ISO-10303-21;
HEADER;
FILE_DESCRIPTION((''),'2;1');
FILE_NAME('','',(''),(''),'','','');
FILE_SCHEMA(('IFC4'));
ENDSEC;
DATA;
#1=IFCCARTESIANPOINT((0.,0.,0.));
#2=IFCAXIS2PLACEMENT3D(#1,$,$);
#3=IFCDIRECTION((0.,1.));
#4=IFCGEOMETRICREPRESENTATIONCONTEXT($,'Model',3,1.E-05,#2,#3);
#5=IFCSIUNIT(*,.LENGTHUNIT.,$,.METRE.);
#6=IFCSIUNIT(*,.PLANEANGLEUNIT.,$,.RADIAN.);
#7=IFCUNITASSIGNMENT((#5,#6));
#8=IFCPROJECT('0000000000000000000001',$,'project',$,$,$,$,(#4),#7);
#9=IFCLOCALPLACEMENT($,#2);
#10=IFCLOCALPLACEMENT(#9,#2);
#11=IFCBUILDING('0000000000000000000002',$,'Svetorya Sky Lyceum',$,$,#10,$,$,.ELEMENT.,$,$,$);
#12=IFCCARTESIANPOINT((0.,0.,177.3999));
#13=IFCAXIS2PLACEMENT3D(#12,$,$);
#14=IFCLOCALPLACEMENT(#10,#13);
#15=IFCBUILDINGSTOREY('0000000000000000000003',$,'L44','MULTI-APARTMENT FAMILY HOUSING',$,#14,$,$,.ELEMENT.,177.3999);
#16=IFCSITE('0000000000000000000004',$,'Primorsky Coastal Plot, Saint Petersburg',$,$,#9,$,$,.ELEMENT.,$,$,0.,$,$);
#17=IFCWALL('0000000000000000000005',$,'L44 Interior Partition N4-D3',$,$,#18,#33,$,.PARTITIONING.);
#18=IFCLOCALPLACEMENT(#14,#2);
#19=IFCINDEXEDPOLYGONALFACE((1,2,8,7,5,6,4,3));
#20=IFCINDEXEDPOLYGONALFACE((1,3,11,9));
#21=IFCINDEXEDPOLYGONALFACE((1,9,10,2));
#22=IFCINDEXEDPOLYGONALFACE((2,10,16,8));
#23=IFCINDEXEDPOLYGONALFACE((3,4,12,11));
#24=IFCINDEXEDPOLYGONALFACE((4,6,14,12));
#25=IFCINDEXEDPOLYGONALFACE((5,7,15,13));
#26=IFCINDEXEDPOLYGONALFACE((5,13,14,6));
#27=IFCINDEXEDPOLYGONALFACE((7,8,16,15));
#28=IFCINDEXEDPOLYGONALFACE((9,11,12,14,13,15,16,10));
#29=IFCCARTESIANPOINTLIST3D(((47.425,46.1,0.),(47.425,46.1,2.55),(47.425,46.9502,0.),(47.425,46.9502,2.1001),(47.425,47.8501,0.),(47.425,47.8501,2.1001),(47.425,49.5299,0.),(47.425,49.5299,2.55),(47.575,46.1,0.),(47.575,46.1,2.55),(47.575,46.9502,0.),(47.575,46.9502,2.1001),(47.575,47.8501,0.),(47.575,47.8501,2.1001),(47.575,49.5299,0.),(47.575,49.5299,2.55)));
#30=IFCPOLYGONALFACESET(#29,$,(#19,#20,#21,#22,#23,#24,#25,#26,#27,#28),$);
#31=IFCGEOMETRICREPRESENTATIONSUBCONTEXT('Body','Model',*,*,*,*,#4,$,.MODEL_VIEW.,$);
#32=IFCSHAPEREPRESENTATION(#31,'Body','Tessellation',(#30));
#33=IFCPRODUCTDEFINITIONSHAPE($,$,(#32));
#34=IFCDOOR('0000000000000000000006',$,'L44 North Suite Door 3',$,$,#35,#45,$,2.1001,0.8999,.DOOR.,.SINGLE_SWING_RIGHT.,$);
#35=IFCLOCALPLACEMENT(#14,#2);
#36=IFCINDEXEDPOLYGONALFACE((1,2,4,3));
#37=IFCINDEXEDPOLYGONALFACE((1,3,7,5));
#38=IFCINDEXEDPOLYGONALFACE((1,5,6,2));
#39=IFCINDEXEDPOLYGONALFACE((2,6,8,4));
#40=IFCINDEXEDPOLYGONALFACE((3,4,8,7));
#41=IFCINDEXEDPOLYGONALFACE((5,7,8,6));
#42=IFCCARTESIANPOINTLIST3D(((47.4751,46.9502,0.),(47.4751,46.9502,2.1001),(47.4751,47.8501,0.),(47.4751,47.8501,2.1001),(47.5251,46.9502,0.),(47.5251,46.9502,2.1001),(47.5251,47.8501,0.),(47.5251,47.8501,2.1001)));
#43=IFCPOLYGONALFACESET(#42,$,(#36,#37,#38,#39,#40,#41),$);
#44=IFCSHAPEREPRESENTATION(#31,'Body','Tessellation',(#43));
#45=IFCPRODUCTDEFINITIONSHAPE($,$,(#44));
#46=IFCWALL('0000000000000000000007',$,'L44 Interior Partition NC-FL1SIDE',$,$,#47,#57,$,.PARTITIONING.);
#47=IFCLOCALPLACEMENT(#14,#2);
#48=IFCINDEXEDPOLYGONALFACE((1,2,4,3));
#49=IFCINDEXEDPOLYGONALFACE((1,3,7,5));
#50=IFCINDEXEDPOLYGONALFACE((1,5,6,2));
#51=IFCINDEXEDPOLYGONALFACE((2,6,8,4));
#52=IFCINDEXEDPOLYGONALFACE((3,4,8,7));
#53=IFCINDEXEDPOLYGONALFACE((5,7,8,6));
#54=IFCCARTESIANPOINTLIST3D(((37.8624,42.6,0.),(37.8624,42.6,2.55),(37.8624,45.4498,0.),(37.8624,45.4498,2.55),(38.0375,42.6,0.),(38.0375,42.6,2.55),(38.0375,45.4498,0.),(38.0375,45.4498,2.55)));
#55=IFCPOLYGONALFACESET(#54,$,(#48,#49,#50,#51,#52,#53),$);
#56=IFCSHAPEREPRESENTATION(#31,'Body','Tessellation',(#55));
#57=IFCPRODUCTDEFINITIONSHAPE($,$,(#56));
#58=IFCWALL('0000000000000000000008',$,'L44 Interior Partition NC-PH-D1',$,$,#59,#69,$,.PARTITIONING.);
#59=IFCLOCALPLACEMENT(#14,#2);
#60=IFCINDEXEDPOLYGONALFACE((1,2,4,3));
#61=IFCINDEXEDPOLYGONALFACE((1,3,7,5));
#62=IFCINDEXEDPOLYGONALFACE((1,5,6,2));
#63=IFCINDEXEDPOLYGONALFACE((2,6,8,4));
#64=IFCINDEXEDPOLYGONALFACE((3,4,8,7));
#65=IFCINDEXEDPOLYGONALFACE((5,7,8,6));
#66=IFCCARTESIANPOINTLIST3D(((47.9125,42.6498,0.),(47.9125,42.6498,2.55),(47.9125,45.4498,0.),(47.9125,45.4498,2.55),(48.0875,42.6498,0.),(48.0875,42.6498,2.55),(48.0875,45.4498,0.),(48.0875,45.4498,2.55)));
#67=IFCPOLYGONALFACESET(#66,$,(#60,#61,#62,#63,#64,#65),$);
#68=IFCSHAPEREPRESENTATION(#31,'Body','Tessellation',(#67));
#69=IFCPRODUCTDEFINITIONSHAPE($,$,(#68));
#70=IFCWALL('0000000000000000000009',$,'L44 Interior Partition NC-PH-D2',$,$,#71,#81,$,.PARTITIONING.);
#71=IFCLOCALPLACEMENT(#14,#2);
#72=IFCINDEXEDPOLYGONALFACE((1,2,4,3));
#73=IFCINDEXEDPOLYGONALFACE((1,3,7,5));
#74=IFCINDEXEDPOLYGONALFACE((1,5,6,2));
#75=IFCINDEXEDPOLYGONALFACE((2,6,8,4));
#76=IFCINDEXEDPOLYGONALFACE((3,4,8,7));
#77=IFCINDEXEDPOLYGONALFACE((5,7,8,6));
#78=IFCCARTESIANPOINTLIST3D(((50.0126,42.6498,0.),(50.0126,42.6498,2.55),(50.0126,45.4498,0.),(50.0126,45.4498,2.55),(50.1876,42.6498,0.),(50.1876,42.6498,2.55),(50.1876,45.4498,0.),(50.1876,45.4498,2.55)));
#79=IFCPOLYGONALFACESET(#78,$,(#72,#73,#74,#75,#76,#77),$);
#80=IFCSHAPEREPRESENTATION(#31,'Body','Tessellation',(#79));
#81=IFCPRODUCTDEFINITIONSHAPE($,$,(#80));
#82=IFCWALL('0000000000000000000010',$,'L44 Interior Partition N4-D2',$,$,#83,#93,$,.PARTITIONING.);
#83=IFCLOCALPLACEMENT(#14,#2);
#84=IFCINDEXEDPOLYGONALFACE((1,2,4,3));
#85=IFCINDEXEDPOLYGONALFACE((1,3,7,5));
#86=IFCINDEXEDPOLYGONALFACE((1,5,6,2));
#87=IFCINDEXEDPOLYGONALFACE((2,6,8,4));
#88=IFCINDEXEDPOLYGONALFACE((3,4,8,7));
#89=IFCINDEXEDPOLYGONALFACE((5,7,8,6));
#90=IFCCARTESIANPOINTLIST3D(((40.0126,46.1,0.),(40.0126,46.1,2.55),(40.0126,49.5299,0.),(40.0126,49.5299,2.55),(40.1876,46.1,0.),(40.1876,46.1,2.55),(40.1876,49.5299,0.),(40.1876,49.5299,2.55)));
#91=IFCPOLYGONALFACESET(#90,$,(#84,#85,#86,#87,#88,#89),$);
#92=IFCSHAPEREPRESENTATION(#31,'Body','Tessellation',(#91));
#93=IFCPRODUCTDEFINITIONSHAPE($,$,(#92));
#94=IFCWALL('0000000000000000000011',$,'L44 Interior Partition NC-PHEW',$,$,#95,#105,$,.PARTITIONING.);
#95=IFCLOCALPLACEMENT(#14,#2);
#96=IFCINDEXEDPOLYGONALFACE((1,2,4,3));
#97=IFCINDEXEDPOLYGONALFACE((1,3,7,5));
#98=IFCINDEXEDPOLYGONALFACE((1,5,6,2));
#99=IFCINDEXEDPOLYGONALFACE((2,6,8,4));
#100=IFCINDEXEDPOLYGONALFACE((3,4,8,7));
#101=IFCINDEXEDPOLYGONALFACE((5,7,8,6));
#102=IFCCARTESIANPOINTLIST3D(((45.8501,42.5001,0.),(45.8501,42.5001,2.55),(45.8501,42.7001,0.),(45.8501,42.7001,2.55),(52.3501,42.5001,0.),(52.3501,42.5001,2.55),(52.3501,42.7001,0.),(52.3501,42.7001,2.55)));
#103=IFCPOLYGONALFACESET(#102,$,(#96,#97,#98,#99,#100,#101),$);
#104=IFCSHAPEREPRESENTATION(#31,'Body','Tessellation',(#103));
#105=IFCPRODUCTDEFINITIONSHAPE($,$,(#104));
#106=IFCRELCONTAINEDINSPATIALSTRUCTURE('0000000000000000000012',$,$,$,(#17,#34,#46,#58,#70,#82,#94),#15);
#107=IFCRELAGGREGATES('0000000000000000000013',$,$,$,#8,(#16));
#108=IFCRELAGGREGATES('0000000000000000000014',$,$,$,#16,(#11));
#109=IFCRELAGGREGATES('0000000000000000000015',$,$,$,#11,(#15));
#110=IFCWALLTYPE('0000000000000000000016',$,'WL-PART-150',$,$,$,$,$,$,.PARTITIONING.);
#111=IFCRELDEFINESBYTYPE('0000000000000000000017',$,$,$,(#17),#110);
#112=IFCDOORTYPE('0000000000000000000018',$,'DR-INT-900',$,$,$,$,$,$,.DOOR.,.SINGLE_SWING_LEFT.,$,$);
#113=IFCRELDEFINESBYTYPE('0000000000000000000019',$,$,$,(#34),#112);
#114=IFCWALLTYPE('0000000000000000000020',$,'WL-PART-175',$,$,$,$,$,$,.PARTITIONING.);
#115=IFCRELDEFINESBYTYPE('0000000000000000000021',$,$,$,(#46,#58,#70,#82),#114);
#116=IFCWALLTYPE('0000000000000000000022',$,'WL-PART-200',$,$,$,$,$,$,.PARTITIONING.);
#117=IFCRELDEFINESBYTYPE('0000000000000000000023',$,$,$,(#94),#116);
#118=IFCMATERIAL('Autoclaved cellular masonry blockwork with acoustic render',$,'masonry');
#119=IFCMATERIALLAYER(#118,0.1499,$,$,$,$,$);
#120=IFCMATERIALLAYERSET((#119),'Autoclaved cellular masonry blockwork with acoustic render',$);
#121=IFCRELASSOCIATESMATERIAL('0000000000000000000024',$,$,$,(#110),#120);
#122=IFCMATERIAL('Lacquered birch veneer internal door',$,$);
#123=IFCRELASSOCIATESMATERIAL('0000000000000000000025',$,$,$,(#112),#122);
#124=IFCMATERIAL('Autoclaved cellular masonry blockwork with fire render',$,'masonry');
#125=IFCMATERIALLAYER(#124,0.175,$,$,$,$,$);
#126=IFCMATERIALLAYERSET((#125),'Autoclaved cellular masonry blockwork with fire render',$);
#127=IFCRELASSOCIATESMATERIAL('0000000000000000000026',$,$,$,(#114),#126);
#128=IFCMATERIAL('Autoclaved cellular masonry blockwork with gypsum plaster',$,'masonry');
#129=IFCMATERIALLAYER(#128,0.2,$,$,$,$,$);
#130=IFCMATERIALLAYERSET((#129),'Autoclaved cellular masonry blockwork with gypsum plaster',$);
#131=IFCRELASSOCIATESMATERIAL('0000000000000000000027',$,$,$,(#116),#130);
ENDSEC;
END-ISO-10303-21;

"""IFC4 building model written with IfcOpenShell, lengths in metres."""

from ifc_helpers import new_model, si_unit, direction, frame, frame_2d, origin, place, context, subcontext, project, spatial, rectangle, extrude, material, layer, layer_set, type_object, element, fill, save


model = new_model("IFC4")

# Units and contexts
model_context = context("Model", 3, precision=1e-05, world=origin(), true_north=direction((0.0, 1.0)))
body_context = subcontext(model_context, "Body", "Model", "MODEL_VIEW")
ifc_project = project(units=[si_unit("LENGTHUNIT", "METRE"), si_unit("PLANEANGLEUNIT", "RADIAN")], contexts=[model_context])

# Site, building, storey
site_placement = place(None, origin())
site = spatial("IfcSite", under=ifc_project, at=site_placement, Name="Primorsky Coastal Plot, Saint Petersburg", CompositionType="ELEMENT", RefElevation=0.0)
building_placement = place(site_placement, origin())
building = spatial("IfcBuilding", under=site, at=building_placement, Name="Svetorya Sky Lyceum", CompositionType="ELEMENT")
storey_placement = place(building_placement, frame((0.0, 0.0, 177.3999)))
storey = spatial("IfcBuildingStorey", under=building, at=storey_placement, Name="L44", Description="MULTI-APARTMENT FAMILY HOUSING", CompositionType="ELEMENT", Elevation=177.3999)

# Wall, opening, door
ifc_material_1 = material(Name="Autoclaved cellular masonry blockwork with acoustic render", Category="masonry")
ifc_layer_1 = layer(ifc_material_1, 0.1499)
ifc_layer_set_1 = layer_set([ifc_layer_1], Name="Autoclaved cellular masonry blockwork with acoustic render")
wall_type_1 = type_object("IfcWallType", Name="WL-PART-150", PredefinedType="PARTITIONING", material=ifc_layer_set_1)
wall_1_placement = place(storey_placement, frame((47.5, 46.1001, 0.0), z_axis=(0.0, 0.0, 1.0), x_axis=(0.0, 1.0, 0.0)))
wall_1 = element("IfcWall", 1, at=wall_1_placement, inside=storey, type_object=wall_type_1, Name="L44 Interior Partition N4-D3", PredefinedType="PARTITIONING", context=body_context, shape_type="SweptSolid", body=[
    extrude(rectangle(XDim=3.4299, YDim=0.1499, at=frame_2d((1.7148, 0.0))), origin(), (0.0, 0.0, 1.0), 2.55),
])
opening_1_placement = place(wall_1_placement, frame((0.8501, 0.0, 0.0)))
opening_1 = element("IfcOpeningElement", 2, at=opening_1_placement, cuts=wall_1, PredefinedType="OPENING", context=body_context, shape_type="SweptSolid", body=[
    extrude(rectangle(XDim=0.8999, YDim=2.1001, at=frame_2d((0.45, 1.05))), frame((0.0, 0.085, 0.0), z_axis=(0.0, -1.0, 0.0), x_axis=(1.0, 0.0, 0.0)), (0.0, 0.0, 1.0), 0.1699),
])
ifc_material_2 = material(Name="Lacquered birch veneer internal door")
door_type = type_object("IfcDoorType", Name="DR-INT-900", OperationType="SINGLE_SWING_LEFT", PredefinedType="DOOR", material=ifc_material_2)
door_placement = place(opening_1_placement, origin())
door = element("IfcDoor", 3, at=door_placement, inside=storey, type_object=door_type, Name="L44 North Suite Door 3", OperationType="SINGLE_SWING_RIGHT", OverallHeight=2.1001, OverallWidth=0.8999, PredefinedType="DOOR", context=body_context, shape_type="SweptSolid", body=[
    extrude(rectangle(XDim=0.8999, YDim=2.1001, at=frame_2d((0.45, 1.05))), frame((0.0, 0.0249, 0.0), z_axis=(0.0, -1.0, 0.0), x_axis=(1.0, 0.0, 0.0)), (0.0, 0.0, 1.0), 0.05),
])
fill(opening_1, door)

# Walls
ifc_material_3 = material(Name="Autoclaved cellular masonry blockwork with fire render", Category="masonry")
ifc_layer_2 = layer(ifc_material_3, 0.175)
ifc_layer_set_2 = layer_set([ifc_layer_2], Name="Autoclaved cellular masonry blockwork with fire render")
wall_type_2 = type_object("IfcWallType", Name="WL-PART-175", PredefinedType="PARTITIONING", material=ifc_layer_set_2)
wall_2_placement = place(storey_placement, frame((37.95, 42.6001, 0.0), z_axis=(0.0, 0.0, 1.0), x_axis=(0.0, 1.0, 0.0)))
element("IfcWall", 4, at=wall_2_placement, inside=storey, type_object=wall_type_2, Name="L44 Interior Partition NC-FL1SIDE", PredefinedType="PARTITIONING", context=body_context, shape_type="SweptSolid", body=[
    extrude(rectangle(XDim=2.8499, YDim=0.175, at=frame_2d((1.4248, 0.0))), origin(), (0.0, 0.0, 1.0), 2.55),
])
for number, where, z_axis, x_axis, name in (
    (5, (48.0, 42.6499, 0.0), (0.0, 0.0, 1.0), (0.0, 1.0, 0.0), "L44 Interior Partition NC-PH-D1"),
    (6, (50.1001, 42.6499, 0.0), (0.0, 0.0, 1.0), (0.0, 1.0, 0.0), "L44 Interior Partition NC-PH-D2"),
):
    element("IfcWall", number, at=place(storey_placement, frame(where, z_axis=z_axis, x_axis=x_axis)), inside=storey, type_object=wall_type_2, Name=name, PredefinedType="PARTITIONING", context=body_context, shape_type="SweptSolid", body=[
        extrude(rectangle(XDim=2.8, YDim=0.175, at=frame_2d((1.3999, 0.0))), origin(), (0.0, 0.0, 1.0), 2.55),
    ])
wall_3_placement = place(storey_placement, frame((40.1001, 46.1001, 0.0), z_axis=(0.0, 0.0, 1.0), x_axis=(0.0, 1.0, 0.0)))
element("IfcWall", 7, at=wall_3_placement, inside=storey, type_object=wall_type_2, Name="L44 Interior Partition N4-D2", PredefinedType="PARTITIONING", context=body_context, shape_type="SweptSolid", body=[
    extrude(rectangle(XDim=3.4299, YDim=0.175, at=frame_2d((1.7148, 0.0))), origin(), (0.0, 0.0, 1.0), 2.55),
])
ifc_material_4 = material(Name="Autoclaved cellular masonry blockwork with gypsum plaster", Category="masonry")
ifc_layer_3 = layer(ifc_material_4, 0.2)
ifc_layer_set_3 = layer_set([ifc_layer_3], Name="Autoclaved cellular masonry blockwork with gypsum plaster")
wall_type_3 = type_object("IfcWallType", Name="WL-PART-200", PredefinedType="PARTITIONING", material=ifc_layer_set_3)
wall_4_placement = place(storey_placement, frame((52.3501, 42.6001, 0.0), z_axis=(0.0, 0.0, 1.0), x_axis=(-1.0, 0.0, 0.0)))
element("IfcWall", 8, at=wall_4_placement, inside=storey, type_object=wall_type_3, Name="L44 Interior Partition NC-PHEW", PredefinedType="PARTITIONING", context=body_context, shape_type="SweptSolid", body=[
    extrude(rectangle(XDim=6.5, YDim=0.2, at=frame_2d((3.25, 0.0))), origin(), (0.0, 0.0, 1.0), 2.55),
])

save(model, "model.ifc")
